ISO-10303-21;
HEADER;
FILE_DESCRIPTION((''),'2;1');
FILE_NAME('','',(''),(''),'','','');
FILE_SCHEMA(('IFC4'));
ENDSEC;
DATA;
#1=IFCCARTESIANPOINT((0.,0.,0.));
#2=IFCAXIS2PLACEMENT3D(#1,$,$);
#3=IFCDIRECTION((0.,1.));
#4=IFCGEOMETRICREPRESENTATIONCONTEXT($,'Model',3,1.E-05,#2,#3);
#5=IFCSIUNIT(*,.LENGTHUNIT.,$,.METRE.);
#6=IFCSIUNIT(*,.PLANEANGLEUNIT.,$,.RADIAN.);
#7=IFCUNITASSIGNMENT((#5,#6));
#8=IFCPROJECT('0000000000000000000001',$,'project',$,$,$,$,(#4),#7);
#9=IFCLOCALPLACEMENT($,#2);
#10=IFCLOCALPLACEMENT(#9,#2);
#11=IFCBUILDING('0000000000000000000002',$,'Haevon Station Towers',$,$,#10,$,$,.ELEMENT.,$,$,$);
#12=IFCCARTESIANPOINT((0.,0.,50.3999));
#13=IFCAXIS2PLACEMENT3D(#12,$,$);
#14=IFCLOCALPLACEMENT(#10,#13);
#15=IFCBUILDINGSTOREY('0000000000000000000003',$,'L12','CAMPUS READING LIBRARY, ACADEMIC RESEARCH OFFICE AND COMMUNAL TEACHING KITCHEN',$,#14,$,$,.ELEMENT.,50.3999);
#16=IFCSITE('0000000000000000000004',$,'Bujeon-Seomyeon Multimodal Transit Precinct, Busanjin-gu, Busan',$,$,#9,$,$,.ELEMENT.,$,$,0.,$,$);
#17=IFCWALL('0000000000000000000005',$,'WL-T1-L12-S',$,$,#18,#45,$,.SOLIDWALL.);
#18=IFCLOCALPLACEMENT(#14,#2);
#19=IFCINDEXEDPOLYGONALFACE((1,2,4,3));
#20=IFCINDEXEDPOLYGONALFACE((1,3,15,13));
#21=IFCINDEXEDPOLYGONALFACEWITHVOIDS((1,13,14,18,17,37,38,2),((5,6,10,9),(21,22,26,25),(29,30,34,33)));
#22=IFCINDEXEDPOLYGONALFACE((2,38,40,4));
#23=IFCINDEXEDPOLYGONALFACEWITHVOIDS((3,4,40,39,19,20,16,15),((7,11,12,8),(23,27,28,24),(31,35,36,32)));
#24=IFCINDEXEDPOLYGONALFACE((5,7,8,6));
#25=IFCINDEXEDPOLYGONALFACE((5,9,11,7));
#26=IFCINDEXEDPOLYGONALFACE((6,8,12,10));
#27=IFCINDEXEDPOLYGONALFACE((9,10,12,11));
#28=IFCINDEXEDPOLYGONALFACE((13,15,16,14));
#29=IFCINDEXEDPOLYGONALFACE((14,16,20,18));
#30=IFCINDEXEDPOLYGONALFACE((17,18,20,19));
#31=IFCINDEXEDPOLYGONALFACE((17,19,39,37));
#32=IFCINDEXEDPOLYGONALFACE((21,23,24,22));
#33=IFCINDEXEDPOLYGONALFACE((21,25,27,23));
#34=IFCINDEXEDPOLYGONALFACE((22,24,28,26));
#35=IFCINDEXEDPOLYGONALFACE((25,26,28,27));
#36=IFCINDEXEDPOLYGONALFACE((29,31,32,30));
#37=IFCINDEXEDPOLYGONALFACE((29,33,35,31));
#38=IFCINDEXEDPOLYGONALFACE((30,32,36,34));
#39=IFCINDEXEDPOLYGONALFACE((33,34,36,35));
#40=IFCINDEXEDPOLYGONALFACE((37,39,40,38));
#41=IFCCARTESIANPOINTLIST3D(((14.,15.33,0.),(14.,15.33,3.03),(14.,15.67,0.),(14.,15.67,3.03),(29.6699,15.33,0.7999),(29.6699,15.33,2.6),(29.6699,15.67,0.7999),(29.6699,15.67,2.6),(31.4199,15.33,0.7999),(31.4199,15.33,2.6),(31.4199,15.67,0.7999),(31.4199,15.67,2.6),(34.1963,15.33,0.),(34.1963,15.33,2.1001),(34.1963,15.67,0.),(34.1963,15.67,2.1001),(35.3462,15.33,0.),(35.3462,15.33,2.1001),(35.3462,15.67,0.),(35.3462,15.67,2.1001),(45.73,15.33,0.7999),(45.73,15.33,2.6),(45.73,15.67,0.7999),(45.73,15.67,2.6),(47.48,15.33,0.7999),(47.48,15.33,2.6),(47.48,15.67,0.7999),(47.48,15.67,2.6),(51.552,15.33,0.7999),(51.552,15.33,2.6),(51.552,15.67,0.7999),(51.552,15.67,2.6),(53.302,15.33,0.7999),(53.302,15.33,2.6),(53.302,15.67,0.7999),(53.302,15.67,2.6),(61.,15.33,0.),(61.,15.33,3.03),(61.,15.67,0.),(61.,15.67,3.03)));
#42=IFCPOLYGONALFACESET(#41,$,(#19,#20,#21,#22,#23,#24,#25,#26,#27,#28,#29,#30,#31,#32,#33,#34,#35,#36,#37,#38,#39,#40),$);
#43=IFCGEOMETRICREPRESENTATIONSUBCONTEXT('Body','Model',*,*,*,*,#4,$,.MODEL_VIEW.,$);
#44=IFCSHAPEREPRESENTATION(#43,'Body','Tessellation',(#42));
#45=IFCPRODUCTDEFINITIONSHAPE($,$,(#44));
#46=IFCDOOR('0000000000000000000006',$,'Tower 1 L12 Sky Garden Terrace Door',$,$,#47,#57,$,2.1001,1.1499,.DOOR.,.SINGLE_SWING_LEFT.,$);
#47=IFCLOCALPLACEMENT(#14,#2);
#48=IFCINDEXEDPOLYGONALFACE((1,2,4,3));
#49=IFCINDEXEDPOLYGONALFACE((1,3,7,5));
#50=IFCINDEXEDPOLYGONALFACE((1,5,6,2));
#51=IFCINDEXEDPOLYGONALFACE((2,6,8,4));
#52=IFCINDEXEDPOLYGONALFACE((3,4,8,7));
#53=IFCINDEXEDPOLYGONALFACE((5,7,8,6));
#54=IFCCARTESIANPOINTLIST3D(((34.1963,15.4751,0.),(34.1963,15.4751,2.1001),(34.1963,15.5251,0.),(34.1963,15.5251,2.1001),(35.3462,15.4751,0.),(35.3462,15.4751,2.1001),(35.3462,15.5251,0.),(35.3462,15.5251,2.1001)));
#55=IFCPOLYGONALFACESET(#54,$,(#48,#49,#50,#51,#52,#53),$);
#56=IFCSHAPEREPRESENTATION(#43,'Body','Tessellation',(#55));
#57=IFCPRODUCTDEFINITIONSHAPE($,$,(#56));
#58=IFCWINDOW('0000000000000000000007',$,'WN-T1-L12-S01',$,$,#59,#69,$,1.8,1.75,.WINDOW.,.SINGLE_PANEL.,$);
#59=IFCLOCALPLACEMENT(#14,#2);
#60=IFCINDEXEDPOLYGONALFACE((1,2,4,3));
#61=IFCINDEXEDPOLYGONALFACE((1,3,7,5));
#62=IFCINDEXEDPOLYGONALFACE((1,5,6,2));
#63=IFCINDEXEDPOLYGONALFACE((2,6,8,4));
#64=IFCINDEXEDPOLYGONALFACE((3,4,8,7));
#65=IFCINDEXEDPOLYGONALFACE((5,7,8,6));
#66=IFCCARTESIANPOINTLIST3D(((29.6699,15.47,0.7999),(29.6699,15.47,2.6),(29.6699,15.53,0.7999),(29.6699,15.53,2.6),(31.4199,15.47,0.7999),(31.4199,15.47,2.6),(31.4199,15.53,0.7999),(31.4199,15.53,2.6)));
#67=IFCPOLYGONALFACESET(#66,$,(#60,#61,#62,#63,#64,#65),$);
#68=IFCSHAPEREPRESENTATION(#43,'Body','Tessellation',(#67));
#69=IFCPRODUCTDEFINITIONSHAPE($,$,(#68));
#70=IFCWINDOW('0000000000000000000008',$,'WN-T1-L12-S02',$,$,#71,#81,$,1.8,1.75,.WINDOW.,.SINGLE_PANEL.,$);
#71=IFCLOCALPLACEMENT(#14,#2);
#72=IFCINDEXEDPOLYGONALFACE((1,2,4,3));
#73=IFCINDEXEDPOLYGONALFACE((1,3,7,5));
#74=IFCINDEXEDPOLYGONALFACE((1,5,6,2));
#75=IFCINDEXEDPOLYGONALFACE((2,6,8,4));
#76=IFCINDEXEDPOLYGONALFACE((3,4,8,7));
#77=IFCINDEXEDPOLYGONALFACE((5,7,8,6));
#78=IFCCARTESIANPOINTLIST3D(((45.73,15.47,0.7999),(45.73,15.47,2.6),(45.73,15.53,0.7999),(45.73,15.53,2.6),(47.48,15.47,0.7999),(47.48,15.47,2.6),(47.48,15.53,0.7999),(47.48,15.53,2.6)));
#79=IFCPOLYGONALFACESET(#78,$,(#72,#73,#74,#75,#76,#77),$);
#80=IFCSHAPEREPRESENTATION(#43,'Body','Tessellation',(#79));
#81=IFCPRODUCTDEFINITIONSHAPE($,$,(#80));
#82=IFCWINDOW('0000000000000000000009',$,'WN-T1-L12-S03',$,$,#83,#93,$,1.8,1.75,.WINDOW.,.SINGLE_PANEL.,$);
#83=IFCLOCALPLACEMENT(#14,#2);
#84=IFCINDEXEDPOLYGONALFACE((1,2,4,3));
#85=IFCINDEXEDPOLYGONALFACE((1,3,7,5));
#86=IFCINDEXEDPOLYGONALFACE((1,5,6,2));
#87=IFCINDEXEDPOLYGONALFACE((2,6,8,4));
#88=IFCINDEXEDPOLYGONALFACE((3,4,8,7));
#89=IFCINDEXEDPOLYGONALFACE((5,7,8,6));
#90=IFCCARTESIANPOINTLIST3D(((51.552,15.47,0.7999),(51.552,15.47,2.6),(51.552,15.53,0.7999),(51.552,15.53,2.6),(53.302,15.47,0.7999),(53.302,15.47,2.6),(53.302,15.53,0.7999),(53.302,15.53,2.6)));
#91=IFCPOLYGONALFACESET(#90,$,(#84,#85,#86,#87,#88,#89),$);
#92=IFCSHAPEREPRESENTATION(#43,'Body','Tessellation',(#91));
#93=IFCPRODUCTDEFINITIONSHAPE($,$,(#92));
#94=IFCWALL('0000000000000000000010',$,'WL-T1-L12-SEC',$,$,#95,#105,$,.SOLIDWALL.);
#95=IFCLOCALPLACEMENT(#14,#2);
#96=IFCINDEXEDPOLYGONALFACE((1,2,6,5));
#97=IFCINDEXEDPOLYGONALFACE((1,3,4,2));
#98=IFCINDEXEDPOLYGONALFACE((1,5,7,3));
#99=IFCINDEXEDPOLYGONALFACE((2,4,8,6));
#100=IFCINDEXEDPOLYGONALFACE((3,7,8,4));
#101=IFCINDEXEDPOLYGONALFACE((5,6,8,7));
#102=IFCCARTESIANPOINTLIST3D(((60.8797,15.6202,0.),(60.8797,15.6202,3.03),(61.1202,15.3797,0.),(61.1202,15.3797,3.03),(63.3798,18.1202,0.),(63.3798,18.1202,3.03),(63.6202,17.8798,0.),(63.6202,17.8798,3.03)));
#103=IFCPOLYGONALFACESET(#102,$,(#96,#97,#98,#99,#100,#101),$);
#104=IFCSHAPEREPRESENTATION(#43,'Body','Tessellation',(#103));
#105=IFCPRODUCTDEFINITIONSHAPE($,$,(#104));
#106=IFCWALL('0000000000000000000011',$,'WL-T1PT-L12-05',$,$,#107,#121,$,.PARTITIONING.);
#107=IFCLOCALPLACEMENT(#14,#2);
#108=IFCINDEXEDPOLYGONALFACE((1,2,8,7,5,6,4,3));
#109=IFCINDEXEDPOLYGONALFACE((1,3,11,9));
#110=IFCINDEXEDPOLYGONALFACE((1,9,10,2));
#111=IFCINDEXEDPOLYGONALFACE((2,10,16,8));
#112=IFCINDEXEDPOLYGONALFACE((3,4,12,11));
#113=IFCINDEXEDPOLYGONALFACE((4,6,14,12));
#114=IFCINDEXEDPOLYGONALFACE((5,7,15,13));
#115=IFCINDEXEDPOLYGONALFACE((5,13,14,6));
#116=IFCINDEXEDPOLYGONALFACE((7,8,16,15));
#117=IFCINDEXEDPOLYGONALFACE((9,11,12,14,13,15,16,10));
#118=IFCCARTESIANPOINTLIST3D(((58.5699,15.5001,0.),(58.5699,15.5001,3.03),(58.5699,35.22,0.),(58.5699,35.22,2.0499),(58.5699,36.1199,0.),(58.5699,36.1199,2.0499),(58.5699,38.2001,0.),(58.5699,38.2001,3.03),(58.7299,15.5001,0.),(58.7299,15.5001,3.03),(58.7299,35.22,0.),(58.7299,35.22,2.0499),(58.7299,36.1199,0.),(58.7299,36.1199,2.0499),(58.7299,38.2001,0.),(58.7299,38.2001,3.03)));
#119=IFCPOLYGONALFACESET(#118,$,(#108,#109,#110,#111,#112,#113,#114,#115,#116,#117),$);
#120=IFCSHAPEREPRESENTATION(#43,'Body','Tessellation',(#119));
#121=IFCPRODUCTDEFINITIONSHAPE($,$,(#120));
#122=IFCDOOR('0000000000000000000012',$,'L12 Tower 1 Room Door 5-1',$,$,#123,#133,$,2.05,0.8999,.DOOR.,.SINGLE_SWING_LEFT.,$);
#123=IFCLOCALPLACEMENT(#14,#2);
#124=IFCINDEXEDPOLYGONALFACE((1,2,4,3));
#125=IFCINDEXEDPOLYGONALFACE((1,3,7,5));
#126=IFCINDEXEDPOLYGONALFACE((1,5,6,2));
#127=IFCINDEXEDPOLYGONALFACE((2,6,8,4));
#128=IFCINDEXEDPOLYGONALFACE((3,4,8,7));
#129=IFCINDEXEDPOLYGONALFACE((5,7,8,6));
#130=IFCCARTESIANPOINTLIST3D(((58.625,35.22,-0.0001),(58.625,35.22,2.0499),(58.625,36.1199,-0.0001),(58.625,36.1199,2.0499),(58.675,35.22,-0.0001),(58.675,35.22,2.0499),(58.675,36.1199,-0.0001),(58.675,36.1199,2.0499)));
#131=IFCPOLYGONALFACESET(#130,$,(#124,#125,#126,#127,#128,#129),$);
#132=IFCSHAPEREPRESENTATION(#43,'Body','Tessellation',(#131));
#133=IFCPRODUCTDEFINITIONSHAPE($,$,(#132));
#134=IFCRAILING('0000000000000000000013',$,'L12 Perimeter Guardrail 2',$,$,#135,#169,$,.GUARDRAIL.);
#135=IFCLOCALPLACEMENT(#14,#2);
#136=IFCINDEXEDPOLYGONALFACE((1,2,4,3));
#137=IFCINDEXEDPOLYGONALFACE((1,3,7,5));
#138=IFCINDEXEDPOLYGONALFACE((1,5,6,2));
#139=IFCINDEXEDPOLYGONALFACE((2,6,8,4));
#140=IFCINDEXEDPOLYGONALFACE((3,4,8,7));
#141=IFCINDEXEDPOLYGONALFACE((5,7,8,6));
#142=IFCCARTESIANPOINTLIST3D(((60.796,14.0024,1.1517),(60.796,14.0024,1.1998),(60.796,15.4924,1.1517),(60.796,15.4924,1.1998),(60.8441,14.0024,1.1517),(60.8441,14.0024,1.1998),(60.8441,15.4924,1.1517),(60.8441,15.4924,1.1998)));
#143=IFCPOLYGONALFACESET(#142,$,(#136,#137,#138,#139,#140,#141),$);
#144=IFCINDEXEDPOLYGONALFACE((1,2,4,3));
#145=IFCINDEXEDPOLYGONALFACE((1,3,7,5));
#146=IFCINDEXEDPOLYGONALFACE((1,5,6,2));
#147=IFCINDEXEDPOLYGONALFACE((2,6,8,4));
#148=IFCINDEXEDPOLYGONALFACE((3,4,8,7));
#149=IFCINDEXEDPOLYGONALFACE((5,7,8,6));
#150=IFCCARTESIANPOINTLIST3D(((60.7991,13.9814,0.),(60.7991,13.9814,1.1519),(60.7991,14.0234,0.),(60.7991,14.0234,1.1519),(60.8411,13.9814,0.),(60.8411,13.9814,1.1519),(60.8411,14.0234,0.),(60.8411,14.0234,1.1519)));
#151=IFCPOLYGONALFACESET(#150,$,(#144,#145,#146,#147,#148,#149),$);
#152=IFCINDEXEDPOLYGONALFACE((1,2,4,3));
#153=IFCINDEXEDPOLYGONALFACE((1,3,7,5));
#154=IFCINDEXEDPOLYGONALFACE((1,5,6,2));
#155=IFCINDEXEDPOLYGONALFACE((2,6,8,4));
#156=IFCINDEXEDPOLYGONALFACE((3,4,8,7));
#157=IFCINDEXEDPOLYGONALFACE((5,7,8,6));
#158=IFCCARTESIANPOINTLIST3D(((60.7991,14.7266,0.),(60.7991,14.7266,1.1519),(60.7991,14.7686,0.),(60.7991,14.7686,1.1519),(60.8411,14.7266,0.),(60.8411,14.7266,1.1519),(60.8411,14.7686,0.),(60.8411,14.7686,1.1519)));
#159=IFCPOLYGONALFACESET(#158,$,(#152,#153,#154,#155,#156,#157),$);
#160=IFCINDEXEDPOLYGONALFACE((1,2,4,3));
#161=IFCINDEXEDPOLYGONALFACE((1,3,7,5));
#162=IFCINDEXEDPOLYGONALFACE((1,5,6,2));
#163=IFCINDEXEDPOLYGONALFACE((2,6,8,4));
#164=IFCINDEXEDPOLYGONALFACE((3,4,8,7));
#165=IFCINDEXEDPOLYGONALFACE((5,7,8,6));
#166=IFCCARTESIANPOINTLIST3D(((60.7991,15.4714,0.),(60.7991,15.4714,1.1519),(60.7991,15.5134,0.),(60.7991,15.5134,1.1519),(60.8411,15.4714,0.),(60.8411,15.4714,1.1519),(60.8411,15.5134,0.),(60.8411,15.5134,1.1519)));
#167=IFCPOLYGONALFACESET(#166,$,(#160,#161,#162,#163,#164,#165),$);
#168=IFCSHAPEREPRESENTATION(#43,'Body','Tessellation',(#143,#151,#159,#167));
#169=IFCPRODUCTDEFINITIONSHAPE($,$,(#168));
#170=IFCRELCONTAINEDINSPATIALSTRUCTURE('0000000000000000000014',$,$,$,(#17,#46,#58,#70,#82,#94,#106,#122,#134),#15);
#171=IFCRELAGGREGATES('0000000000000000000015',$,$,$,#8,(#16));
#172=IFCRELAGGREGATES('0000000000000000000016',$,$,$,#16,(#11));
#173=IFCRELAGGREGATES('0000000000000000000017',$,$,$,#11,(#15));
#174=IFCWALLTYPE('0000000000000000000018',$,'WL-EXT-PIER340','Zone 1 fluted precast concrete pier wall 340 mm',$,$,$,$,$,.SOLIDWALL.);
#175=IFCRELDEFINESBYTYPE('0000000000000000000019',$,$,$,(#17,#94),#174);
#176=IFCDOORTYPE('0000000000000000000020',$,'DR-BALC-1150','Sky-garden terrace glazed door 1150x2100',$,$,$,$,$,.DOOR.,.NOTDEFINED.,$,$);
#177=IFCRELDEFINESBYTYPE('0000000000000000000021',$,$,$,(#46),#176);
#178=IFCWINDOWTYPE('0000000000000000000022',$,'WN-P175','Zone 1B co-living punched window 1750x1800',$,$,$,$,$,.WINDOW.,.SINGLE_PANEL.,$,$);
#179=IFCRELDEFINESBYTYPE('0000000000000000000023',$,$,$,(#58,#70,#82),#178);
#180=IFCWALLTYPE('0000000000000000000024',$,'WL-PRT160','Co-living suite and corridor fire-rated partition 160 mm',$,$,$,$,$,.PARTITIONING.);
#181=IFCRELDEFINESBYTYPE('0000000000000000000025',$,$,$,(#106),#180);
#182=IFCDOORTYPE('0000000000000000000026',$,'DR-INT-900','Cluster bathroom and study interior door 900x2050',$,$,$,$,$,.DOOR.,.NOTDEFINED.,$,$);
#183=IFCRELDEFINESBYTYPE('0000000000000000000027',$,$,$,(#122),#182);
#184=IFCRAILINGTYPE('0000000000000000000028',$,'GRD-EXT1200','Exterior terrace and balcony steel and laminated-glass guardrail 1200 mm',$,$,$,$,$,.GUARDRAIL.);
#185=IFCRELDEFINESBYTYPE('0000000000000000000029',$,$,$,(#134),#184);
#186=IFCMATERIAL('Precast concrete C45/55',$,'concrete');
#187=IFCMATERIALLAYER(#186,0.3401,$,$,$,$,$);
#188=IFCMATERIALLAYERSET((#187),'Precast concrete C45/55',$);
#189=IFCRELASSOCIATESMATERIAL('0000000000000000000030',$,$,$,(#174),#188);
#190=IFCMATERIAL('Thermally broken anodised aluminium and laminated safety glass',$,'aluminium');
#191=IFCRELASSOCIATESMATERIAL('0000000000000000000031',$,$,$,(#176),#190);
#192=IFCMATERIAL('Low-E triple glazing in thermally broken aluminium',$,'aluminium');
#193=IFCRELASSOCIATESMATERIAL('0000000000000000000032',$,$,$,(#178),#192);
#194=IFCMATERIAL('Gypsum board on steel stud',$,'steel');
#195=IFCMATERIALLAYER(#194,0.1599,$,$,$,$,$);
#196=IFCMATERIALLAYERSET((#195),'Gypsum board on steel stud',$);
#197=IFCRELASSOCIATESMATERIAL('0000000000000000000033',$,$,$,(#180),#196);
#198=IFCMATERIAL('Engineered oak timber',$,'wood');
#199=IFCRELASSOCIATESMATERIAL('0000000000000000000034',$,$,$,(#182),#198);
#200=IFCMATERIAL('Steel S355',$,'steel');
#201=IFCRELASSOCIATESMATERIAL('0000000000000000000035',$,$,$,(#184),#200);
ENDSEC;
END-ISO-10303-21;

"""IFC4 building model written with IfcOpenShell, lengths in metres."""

from ifc_helpers import new_model, si_unit, direction, frame, frame_2d, origin, origin_2d, place, context, subcontext, project, spatial, rectangle, extrude, material, layer, layer_set, type_object, element, fill, save


model = new_model("IFC4")

# Units and contexts
model_context = context("Model", 3, precision=1e-05, world=origin(), true_north=direction((0.0, 1.0)))
body_context = subcontext(model_context, "Body", "Model", "MODEL_VIEW")
ifc_project = project(units=[si_unit("LENGTHUNIT", "METRE"), si_unit("PLANEANGLEUNIT", "RADIAN")], contexts=[model_context])

# Site, building, storey
site_placement = place(None, origin())
site = spatial("IfcSite", under=ifc_project, at=site_placement, Name="Bujeon-Seomyeon Multimodal Transit Precinct, Busanjin-gu, Busan", CompositionType="ELEMENT", RefElevation=0.0)
building_placement = place(site_placement, origin())
building = spatial("IfcBuilding", under=site, at=building_placement, Name="Haevon Station Towers", CompositionType="ELEMENT")
storey_placement = place(building_placement, frame((0.0, 0.0, 50.3999)))
storey = spatial("IfcBuildingStorey", under=building, at=storey_placement, Name="L12", Description="CAMPUS READING LIBRARY, ACADEMIC RESEARCH OFFICE AND COMMUNAL TEACHING KITCHEN", CompositionType="ELEMENT", Elevation=50.3999)

# Shared definitions
ifc_material_1 = material(Name="Steel S355", Category="steel")

# Wall, openings, door, windows
ifc_material_2 = material(Name="Precast concrete C45/55", Category="concrete")
ifc_layer_1 = layer(ifc_material_2, 0.3401)
ifc_layer_set_1 = layer_set([ifc_layer_1], Name="Precast concrete C45/55")
wall_type_1 = type_object("IfcWallType", Name="WL-EXT-PIER340", Description="Zone 1 fluted precast concrete pier wall 340 mm", PredefinedType="SOLIDWALL", material=ifc_layer_set_1)
wall_1_placement = place(storey_placement, frame((61.0, 15.5, 0.0), z_axis=(0.0, 0.0, 1.0), x_axis=(-1.0, 0.0, 0.0)))
wall_1 = element("IfcWall", 1, at=wall_1_placement, inside=storey, type_object=wall_type_1, Name="WL-T1-L12-S", PredefinedType="SOLIDWALL", context=body_context, shape_type="SweptSolid", body=[
    extrude(rectangle(XDim=47.0, YDim=0.3401, at=frame_2d((23.5, 0.0))), origin(), (0.0, 0.0, 1.0), 3.03),
])
opening_1_placement = place(wall_1_placement, frame((25.6538, 0.0, 0.0)))
opening_1 = element("IfcOpeningElement", 2, at=opening_1_placement, cuts=wall_1, PredefinedType="OPENING", context=body_context, shape_type="SweptSolid", body=[
    extrude(rectangle(XDim=1.1499, YDim=2.1001, at=frame_2d((0.575, 1.05))), frame((0.0, 0.1799, 0.0), z_axis=(0.0, -1.0, 0.0), x_axis=(1.0, 0.0, 0.0)), (0.0, 0.0, 1.0), 0.3601),
])
opening_2_placement = place(wall_1_placement, frame((29.5801, 0.0, 0.8)))
opening_2 = element("IfcOpeningElement", 3, at=opening_2_placement, cuts=wall_1, PredefinedType="OPENING", context=body_context, shape_type="SweptSolid", body=[
    extrude(rectangle(XDim=1.75, YDim=1.8, at=frame_2d((0.875, 0.8999))), frame((0.0, 0.1799, 0.0), z_axis=(0.0, -1.0, 0.0), x_axis=(1.0, 0.0, 0.0)), (0.0, 0.0, 1.0), 0.3601),
])
opening_3_placement = place(wall_1_placement, frame((13.52, 0.0, 0.8)))
opening_3 = element("IfcOpeningElement", 4, at=opening_3_placement, cuts=wall_1, PredefinedType="OPENING", context=body_context, shape_type="SweptSolid", body=[
    extrude(rectangle(XDim=1.75, YDim=1.8, at=frame_2d((0.875, 0.8999))), frame((0.0, 0.1799, 0.0), z_axis=(0.0, -1.0, 0.0), x_axis=(1.0, 0.0, 0.0)), (0.0, 0.0, 1.0), 0.3601),
])
opening_4_placement = place(wall_1_placement, frame((7.698, 0.0, 0.8)))
opening_4 = element("IfcOpeningElement", 5, at=opening_4_placement, cuts=wall_1, PredefinedType="OPENING", context=body_context, shape_type="SweptSolid", body=[
    extrude(rectangle(XDim=1.75, YDim=1.8, at=frame_2d((0.875, 0.8999))), frame((0.0, 0.1799, 0.0), z_axis=(0.0, -1.0, 0.0), x_axis=(1.0, 0.0, 0.0)), (0.0, 0.0, 1.0), 0.3601),
])
ifc_material_3 = material(Name="Thermally broken anodised aluminium and laminated safety glass", Category="aluminium")
door_type_1 = type_object("IfcDoorType", Name="DR-BALC-1150", Description="Sky-garden terrace glazed door 1150x2100", OperationType="NOTDEFINED", PredefinedType="DOOR", material=ifc_material_3)
door_1_placement = place(opening_1_placement, origin())
door_1 = element("IfcDoor", 6, at=door_1_placement, inside=storey, type_object=door_type_1, Name="Tower 1 L12 Sky Garden Terrace Door", OperationType="SINGLE_SWING_LEFT", OverallHeight=2.1001, OverallWidth=1.1499, PredefinedType="DOOR", context=body_context, shape_type="SweptSolid", body=[
    extrude(rectangle(XDim=1.1499, YDim=2.1001, at=frame_2d((0.575, 1.05))), frame((0.0, 0.0249, 0.0), z_axis=(0.0, -1.0, 0.0), x_axis=(1.0, 0.0, 0.0)), (0.0, 0.0, 1.0), 0.05),
])
fill(opening_1, door_1)
ifc_material_4 = material(Name="Low-E triple glazing in thermally broken aluminium", Category="aluminium")
window_type = type_object("IfcWindowType", Name="WN-P175", Description="Zone 1B co-living punched window 1750x1800", PartitioningType="SINGLE_PANEL", PredefinedType="WINDOW", material=ifc_material_4)
window_1_placement = place(opening_2_placement, origin())
window_1 = element("IfcWindow", 7, at=window_1_placement, inside=storey, type_object=window_type, Name="WN-T1-L12-S01", OverallHeight=1.8, OverallWidth=1.75, PartitioningType="SINGLE_PANEL", PredefinedType="WINDOW", context=body_context, shape_type="SweptSolid", body=[
    extrude(rectangle(XDim=1.75, YDim=1.8, at=frame_2d((0.875, 0.8999))), frame((0.0, 0.03, 0.0), z_axis=(0.0, -1.0, 0.0), x_axis=(1.0, 0.0, 0.0)), (0.0, 0.0, 1.0), 0.0601),
])
fill(opening_2, window_1)
window_2_placement = place(opening_3_placement, origin())
window_2 = element("IfcWindow", 8, at=window_2_placement, inside=storey, type_object=window_type, Name="WN-T1-L12-S02", OverallHeight=1.8, OverallWidth=1.75, PartitioningType="SINGLE_PANEL", PredefinedType="WINDOW", context=body_context, shape_type="SweptSolid", body=[
    extrude(rectangle(XDim=1.75, YDim=1.8, at=frame_2d((0.875, 0.8999))), frame((0.0, 0.03, 0.0), z_axis=(0.0, -1.0, 0.0), x_axis=(1.0, 0.0, 0.0)), (0.0, 0.0, 1.0), 0.0601),
])
fill(opening_3, window_2)
window_3_placement = place(opening_4_placement, origin())
window_3 = element("IfcWindow", 9, at=window_3_placement, inside=storey, type_object=window_type, Name="WN-T1-L12-S03", OverallHeight=1.8, OverallWidth=1.75, PartitioningType="SINGLE_PANEL", PredefinedType="WINDOW", context=body_context, shape_type="SweptSolid", body=[
    extrude(rectangle(XDim=1.75, YDim=1.8, at=frame_2d((0.875, 0.8999))), frame((0.0, 0.03, 0.0), z_axis=(0.0, -1.0, 0.0), x_axis=(1.0, 0.0, 0.0)), (0.0, 0.0, 1.0), 0.0601),
])
fill(opening_4, window_3)

# Wall
wall_2_placement = place(storey_placement, frame((63.5, 18.0, 0.0), z_axis=(0.0, 0.0, 1.0), x_axis=(-0.707107, -0.707107, 0.0)))
element("IfcWall", 10, at=wall_2_placement, inside=storey, type_object=wall_type_1, Name="WL-T1-L12-SEC", PredefinedType="SOLIDWALL", context=body_context, shape_type="SweptSolid", body=[
    extrude(rectangle(XDim=3.5356, YDim=0.3401, at=frame_2d((1.7678, 0.0))), origin(), (0.0, 0.0, 1.0), 3.03),
])

# Wall, opening, door
ifc_material_5 = material(Name="Gypsum board on steel stud", Category="steel")
ifc_layer_2 = layer(ifc_material_5, 0.1599)
ifc_layer_set_2 = layer_set([ifc_layer_2], Name="Gypsum board on steel stud")
wall_type_2 = type_object("IfcWallType", Name="WL-PRT160", Description="Co-living suite and corridor fire-rated partition 160 mm", PredefinedType="PARTITIONING", material=ifc_layer_set_2)
wall_3_placement = place(storey_placement, frame((58.6499, 15.5, 0.0), z_axis=(0.0, 0.0, 1.0), x_axis=(0.0, 1.0, 0.0)))
wall_3 = element("IfcWall", 11, at=wall_3_placement, inside=storey, type_object=wall_type_2, Name="WL-T1PT-L12-05", PredefinedType="PARTITIONING", context=body_context, shape_type="SweptSolid", body=[
    extrude(rectangle(XDim=22.7, YDim=0.1599, at=frame_2d((11.3501, 0.0))), origin(), (0.0, 0.0, 1.0), 3.03),
])
opening_5_placement = place(wall_3_placement, frame((19.72, 0.0, 0.0)))
opening_5 = element("IfcOpeningElement", 12, at=opening_5_placement, cuts=wall_3, PredefinedType="OPENING", context=body_context, shape_type="SweptSolid", body=[
    extrude(rectangle(XDim=0.8999, YDim=2.05, at=frame_2d((0.45, 1.0249))), frame((0.0, 0.0898, 0.0), z_axis=(0.0, -1.0, 0.0), x_axis=(1.0, 0.0, 0.0)), (0.0, 0.0, 1.0), 0.1799),
])
ifc_material_6 = material(Name="Engineered oak timber", Category="wood")
door_type_2 = type_object("IfcDoorType", Name="DR-INT-900", Description="Cluster bathroom and study interior door 900x2050", OperationType="NOTDEFINED", PredefinedType="DOOR", material=ifc_material_6)
door_2_placement = place(opening_5_placement, origin())
door_2 = element("IfcDoor", 13, at=door_2_placement, inside=storey, type_object=door_type_2, Name="L12 Tower 1 Room Door 5-1", OperationType="SINGLE_SWING_LEFT", OverallHeight=2.05, OverallWidth=0.8999, PredefinedType="DOOR", context=body_context, shape_type="SweptSolid", body=[
    extrude(rectangle(XDim=0.8999, YDim=2.05, at=frame_2d((0.45, 1.0249))), frame((0.0, 0.0249, 0.0), z_axis=(0.0, -1.0, 0.0), x_axis=(1.0, 0.0, 0.0)), (0.0, 0.0, 1.0), 0.05),
])
fill(opening_5, door_2)

# Railing
railing_type = type_object("IfcRailingType", Name="GRD-EXT1200", Description="Exterior terrace and balcony steel and laminated-glass guardrail 1200 mm", PredefinedType="GUARDRAIL", material=ifc_material_1)
railing_1_placement = place(storey_placement, frame((60.8201, 14.0024, 0.0)))
element("IfcRailing", 14, at=railing_1_placement, inside=storey, type_object=railing_type, Name="L12 Perimeter Guardrail 2", PredefinedType="GUARDRAIL", context=body_context, shape_type="SweptSolid", body=[
    extrude(rectangle(XDim=0.0481, YDim=0.0481, at=origin_2d()), frame((0.0, 0.0, 1.1758), z_axis=(0.0, 1.0, 0.0), x_axis=(-1.0, 0.0, 0.0)), (0.0, 0.0, 1.0), 1.49),
    extrude(rectangle(XDim=0.042, YDim=0.042, at=origin_2d()), origin(), (0.0, 0.0, 1.0), 1.1519),
    extrude(rectangle(XDim=0.042, YDim=0.042, at=origin_2d()), frame((0.0, 0.7451, 0.0)), (0.0, 0.0, 1.0), 1.1519),
    extrude(rectangle(XDim=0.042, YDim=0.042, at=origin_2d()), frame((0.0, 1.49, 0.0)), (0.0, 0.0, 1.0), 1.1519),
])

save(model, "model.ifc")
